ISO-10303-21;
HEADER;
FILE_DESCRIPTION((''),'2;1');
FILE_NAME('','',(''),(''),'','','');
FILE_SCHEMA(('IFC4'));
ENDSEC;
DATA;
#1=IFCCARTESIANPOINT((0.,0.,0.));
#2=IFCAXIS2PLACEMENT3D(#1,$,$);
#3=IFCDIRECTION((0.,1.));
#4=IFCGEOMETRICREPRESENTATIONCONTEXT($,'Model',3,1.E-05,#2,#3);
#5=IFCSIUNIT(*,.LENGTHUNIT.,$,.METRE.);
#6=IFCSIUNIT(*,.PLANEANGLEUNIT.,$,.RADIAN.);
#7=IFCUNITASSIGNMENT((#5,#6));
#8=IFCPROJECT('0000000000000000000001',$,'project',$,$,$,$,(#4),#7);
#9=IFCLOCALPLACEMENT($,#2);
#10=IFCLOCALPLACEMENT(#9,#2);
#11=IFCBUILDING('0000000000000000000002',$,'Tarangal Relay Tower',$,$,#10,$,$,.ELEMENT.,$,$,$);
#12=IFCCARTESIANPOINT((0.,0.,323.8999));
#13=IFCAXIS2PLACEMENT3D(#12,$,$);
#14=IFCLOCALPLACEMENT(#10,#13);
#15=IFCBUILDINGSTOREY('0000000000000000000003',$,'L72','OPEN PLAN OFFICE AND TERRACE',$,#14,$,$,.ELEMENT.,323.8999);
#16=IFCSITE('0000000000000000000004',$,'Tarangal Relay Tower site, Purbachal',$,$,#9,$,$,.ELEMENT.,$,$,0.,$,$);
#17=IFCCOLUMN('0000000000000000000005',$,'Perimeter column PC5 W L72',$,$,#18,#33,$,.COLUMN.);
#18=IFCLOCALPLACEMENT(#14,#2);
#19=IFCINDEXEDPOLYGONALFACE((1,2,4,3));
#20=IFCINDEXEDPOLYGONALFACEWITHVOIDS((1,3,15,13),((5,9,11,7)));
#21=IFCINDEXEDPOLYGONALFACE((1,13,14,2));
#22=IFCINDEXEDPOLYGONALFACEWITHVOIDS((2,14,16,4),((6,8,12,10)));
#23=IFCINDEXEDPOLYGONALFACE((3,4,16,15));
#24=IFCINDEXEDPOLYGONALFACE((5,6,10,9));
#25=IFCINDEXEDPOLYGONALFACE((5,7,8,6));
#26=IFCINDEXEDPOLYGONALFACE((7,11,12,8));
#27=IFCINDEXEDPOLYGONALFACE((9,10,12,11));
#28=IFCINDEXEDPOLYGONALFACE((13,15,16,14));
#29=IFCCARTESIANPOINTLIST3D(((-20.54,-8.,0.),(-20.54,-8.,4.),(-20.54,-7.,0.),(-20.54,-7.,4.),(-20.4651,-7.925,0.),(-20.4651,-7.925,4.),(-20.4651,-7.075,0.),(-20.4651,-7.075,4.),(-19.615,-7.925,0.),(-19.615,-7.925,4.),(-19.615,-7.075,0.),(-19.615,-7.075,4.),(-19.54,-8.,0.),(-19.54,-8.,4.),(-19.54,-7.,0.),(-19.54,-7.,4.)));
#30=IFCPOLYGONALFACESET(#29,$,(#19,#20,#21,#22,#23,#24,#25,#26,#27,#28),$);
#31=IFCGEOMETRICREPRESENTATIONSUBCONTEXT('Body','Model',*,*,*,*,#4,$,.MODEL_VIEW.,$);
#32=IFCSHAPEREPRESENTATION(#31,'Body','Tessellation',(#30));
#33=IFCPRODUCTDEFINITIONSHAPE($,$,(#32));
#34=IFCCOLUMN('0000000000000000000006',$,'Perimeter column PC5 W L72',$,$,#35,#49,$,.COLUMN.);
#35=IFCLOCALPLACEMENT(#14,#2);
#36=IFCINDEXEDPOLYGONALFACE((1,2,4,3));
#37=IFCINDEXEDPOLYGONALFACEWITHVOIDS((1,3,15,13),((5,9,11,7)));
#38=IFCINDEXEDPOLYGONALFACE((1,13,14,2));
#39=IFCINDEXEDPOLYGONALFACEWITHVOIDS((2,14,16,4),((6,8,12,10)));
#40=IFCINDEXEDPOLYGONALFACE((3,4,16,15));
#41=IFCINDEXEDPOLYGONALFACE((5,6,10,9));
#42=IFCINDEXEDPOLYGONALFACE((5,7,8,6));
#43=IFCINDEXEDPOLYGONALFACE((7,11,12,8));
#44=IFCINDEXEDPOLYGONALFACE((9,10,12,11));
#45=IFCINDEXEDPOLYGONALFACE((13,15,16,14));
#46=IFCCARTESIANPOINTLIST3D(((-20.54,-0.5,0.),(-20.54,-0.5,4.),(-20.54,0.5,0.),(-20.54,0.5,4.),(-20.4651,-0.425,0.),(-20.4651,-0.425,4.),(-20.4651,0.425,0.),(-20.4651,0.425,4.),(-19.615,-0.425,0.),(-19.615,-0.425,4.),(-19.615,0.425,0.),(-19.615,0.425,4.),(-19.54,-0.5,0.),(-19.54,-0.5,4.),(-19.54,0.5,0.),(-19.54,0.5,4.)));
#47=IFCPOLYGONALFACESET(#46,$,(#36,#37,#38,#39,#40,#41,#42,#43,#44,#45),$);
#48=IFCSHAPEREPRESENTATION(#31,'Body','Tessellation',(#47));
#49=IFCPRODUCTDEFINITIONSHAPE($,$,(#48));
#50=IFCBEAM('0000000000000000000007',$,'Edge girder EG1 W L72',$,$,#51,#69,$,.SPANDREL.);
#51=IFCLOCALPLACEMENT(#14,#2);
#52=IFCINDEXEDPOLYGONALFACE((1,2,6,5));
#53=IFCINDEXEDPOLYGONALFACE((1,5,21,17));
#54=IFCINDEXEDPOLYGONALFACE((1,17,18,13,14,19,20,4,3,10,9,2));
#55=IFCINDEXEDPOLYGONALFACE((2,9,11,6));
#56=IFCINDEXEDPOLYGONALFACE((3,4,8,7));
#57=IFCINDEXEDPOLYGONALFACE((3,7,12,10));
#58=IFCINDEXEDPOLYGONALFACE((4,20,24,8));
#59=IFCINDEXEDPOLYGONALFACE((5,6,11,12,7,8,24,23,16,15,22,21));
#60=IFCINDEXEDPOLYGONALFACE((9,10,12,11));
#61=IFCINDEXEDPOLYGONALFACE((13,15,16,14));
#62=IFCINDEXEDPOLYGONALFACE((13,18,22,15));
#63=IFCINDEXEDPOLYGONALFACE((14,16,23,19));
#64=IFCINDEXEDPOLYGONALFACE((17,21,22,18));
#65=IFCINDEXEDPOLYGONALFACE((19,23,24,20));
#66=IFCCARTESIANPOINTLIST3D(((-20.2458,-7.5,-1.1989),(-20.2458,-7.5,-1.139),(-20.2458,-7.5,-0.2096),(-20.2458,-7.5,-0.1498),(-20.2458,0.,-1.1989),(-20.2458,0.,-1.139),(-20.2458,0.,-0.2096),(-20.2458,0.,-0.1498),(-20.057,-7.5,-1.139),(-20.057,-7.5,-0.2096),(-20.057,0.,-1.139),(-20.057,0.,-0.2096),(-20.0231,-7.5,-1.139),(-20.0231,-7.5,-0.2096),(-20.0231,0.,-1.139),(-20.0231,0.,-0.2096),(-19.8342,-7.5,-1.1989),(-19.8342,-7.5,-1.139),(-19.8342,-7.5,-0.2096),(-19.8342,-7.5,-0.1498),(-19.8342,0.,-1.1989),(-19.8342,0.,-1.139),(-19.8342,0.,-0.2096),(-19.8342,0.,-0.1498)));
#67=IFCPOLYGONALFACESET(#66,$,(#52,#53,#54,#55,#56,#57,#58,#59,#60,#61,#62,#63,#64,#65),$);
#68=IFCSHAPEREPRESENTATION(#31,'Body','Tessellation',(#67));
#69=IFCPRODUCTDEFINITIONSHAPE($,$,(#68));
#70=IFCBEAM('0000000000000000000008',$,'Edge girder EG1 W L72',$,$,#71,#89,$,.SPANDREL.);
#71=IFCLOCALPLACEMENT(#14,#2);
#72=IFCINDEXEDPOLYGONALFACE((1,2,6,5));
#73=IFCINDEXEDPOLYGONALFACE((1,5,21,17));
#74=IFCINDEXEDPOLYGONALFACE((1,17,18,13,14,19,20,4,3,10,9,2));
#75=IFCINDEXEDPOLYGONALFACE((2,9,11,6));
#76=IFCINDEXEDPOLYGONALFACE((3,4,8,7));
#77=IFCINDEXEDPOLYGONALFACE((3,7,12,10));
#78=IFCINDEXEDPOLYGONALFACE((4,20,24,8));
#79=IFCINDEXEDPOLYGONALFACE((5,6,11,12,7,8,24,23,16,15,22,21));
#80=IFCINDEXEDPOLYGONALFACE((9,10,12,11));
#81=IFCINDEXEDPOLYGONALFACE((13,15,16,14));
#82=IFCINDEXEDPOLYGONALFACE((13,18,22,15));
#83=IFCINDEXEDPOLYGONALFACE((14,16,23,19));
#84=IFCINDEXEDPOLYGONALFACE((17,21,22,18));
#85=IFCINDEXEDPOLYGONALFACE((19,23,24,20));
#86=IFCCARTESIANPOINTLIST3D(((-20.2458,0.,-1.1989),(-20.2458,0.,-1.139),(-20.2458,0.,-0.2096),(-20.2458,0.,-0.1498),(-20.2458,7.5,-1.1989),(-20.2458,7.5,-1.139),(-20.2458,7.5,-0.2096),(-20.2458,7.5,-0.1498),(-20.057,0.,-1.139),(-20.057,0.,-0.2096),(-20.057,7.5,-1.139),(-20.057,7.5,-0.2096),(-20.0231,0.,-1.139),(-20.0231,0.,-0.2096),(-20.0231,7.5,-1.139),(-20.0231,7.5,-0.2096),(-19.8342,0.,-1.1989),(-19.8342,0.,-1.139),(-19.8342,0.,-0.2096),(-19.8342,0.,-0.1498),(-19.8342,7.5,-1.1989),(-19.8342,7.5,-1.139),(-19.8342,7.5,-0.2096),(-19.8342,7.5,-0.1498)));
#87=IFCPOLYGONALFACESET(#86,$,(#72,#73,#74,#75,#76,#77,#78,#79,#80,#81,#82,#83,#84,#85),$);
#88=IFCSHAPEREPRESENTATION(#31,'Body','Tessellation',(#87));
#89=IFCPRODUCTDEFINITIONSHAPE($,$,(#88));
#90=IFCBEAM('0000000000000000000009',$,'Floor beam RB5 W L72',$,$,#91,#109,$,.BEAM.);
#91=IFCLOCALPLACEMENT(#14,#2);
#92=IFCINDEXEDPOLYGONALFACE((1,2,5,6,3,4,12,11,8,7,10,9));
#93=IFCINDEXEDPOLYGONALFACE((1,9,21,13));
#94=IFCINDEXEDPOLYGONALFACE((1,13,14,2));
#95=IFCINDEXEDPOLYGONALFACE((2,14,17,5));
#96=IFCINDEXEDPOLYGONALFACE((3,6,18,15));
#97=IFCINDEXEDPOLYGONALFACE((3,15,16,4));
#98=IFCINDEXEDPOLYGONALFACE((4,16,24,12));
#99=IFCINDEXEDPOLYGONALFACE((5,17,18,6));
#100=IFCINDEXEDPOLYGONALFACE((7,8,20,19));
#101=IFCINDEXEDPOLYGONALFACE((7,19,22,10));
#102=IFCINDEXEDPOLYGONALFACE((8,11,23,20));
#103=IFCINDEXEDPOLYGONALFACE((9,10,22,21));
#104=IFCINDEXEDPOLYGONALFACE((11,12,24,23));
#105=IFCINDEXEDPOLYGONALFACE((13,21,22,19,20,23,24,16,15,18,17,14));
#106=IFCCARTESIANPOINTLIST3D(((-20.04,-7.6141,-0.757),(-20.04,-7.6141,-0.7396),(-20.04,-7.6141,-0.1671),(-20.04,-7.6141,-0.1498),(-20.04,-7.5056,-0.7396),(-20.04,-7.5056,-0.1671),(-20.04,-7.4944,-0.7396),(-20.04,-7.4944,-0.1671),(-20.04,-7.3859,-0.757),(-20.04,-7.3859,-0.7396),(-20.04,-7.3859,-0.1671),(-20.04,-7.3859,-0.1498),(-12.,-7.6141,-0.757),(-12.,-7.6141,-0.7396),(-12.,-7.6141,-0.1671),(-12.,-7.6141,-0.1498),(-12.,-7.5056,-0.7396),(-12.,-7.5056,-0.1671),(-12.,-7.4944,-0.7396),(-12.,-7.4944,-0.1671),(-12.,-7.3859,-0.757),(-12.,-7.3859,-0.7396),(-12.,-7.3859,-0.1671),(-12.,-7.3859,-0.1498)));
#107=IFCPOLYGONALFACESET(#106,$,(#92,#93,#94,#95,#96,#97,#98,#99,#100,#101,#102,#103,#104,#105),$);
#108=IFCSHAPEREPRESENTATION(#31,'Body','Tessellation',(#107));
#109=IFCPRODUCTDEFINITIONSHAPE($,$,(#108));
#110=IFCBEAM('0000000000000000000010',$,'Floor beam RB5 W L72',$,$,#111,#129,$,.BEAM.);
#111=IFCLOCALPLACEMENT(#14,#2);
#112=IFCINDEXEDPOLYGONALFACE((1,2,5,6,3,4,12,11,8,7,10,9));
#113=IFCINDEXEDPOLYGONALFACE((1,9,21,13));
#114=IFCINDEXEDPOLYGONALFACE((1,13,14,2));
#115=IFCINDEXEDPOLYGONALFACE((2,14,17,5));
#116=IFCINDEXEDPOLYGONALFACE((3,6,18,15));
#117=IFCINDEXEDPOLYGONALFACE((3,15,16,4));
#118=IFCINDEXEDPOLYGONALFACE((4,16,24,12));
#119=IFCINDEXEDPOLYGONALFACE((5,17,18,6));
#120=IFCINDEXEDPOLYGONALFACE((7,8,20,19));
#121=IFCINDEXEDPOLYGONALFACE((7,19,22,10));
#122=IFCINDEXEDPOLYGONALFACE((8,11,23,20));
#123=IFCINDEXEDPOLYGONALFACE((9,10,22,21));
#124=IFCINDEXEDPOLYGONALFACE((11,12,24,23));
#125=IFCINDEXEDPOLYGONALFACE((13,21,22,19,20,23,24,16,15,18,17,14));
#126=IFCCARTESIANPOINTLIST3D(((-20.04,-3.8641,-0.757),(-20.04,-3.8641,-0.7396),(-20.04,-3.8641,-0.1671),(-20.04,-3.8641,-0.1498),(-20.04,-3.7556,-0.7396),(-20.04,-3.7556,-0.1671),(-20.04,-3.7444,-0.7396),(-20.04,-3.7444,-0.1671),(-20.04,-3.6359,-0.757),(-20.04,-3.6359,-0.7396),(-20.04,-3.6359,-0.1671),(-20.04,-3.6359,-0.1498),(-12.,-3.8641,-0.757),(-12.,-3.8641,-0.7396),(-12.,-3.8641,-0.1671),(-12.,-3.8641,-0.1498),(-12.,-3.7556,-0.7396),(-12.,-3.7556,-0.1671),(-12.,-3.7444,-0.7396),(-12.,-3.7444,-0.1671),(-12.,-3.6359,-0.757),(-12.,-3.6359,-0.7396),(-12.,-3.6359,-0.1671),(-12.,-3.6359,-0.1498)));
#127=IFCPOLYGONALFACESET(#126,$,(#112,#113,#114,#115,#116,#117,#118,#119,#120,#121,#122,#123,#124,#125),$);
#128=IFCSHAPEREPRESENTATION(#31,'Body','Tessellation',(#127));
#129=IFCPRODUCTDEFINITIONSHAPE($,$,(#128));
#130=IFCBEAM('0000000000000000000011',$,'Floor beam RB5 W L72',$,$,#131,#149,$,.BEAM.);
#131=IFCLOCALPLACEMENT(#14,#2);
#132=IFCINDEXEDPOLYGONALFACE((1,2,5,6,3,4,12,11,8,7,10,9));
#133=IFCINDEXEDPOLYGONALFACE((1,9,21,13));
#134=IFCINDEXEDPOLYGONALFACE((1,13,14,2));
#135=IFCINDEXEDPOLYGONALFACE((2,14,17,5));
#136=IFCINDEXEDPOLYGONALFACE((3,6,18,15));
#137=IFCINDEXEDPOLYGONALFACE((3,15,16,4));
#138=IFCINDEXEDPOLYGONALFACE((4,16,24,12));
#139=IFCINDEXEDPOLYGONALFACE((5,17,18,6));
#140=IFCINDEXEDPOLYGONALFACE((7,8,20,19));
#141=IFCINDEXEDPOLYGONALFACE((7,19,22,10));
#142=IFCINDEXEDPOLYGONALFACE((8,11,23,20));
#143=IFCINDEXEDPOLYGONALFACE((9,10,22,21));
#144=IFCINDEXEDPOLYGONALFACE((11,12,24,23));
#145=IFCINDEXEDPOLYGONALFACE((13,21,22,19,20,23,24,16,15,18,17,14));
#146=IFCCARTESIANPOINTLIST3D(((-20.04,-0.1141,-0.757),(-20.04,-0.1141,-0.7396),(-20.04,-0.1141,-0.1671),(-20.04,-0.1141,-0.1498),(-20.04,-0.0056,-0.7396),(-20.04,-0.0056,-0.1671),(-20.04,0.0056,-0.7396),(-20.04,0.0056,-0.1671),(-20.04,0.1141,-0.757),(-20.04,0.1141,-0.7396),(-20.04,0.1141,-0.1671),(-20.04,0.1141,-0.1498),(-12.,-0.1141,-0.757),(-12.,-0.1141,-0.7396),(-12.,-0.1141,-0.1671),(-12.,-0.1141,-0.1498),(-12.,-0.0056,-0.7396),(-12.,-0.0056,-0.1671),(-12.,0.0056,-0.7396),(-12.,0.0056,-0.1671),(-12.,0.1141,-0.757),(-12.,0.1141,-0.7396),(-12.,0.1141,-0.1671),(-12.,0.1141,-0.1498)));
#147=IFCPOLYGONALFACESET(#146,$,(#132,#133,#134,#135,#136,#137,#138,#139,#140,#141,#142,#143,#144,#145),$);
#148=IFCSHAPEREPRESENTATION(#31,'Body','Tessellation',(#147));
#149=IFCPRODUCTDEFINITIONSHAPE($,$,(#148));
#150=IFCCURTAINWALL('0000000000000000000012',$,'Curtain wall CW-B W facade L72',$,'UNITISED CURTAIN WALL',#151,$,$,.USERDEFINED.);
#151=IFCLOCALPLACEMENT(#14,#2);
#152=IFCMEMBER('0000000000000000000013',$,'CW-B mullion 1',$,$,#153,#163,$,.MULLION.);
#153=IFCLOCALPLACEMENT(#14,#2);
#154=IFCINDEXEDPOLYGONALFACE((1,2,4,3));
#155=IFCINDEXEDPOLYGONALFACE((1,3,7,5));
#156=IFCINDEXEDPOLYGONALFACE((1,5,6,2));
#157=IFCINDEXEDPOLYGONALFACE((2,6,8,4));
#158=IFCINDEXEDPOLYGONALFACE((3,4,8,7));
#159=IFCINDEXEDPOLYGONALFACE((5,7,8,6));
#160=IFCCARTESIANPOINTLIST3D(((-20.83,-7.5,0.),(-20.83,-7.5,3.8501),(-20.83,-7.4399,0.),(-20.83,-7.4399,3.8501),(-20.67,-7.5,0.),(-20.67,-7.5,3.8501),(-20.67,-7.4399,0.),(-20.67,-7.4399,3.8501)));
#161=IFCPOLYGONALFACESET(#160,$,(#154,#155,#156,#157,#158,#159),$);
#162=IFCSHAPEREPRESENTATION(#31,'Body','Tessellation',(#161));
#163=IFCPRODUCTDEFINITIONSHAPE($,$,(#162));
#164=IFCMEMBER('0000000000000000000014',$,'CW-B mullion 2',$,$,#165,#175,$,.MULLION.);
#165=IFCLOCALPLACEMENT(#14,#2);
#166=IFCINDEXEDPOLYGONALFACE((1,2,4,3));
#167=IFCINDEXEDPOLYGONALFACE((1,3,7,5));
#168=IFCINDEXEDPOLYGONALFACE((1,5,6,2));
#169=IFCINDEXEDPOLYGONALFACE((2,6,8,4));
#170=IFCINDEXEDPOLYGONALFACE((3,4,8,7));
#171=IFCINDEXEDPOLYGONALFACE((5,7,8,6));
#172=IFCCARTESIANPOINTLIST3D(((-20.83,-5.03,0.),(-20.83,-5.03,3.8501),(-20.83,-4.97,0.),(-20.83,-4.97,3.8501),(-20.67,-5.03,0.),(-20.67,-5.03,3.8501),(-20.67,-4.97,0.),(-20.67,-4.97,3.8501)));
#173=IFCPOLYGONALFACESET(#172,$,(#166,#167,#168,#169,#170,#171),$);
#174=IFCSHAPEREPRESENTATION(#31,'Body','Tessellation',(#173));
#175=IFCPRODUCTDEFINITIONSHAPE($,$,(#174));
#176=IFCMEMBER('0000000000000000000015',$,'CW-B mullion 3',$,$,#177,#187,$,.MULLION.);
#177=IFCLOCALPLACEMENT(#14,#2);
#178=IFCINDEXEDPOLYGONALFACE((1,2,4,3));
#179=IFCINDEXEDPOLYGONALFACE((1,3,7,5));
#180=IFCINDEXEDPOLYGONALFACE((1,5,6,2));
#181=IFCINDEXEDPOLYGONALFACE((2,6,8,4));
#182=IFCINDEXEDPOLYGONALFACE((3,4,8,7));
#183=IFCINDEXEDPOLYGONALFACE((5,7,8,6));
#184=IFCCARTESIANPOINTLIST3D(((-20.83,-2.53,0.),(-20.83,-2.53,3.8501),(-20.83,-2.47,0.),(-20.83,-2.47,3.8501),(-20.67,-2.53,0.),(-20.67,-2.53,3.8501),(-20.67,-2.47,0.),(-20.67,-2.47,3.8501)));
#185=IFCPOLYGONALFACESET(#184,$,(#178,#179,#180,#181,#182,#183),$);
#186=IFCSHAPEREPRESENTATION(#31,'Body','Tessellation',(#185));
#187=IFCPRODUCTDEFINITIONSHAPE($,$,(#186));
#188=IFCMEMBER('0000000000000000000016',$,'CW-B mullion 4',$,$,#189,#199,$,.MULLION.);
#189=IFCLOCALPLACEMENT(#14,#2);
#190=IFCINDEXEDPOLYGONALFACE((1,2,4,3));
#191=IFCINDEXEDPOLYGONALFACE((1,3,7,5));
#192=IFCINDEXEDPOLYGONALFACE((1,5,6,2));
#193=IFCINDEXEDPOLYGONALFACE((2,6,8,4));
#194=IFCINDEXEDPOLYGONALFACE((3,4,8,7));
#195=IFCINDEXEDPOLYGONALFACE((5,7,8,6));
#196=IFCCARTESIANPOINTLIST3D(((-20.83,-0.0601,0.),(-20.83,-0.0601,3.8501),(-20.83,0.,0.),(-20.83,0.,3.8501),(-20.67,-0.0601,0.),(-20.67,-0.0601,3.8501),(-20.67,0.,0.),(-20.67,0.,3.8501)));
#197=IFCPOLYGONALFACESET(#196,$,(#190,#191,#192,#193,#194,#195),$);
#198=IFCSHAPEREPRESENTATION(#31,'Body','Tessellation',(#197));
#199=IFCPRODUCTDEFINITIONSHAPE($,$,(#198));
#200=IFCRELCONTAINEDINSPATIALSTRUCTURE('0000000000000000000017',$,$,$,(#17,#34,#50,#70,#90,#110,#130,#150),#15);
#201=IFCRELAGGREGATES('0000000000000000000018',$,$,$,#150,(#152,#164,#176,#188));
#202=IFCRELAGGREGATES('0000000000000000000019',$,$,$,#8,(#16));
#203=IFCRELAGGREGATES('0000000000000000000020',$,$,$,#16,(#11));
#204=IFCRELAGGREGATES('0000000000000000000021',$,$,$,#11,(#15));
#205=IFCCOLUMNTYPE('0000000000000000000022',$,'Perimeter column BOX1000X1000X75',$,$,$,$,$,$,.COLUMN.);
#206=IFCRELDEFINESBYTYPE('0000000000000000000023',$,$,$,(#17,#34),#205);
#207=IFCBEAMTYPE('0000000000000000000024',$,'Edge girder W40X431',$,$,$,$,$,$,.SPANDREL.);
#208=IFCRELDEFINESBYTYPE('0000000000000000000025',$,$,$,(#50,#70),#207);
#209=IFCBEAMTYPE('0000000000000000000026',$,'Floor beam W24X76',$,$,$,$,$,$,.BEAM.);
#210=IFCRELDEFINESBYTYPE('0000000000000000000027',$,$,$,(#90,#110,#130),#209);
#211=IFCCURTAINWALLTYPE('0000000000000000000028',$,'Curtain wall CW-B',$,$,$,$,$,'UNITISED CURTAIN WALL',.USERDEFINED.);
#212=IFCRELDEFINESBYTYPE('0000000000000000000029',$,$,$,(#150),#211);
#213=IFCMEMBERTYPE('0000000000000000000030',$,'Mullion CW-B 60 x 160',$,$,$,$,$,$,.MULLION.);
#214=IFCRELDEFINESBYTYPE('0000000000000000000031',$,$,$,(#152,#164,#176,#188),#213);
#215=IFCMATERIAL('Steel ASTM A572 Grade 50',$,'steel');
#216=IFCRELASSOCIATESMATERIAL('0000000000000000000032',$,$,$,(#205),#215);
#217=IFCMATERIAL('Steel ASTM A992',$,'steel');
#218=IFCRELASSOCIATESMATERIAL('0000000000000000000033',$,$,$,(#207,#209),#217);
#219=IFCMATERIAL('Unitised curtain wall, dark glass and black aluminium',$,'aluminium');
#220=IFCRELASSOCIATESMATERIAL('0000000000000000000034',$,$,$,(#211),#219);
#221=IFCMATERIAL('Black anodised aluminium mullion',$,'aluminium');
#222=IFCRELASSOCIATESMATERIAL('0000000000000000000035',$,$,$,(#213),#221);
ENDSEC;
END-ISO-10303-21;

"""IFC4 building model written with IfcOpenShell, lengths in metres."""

from ifc_helpers import new_model, si_unit, direction, frame, origin, origin_2d, place, context, subcontext, project, spatial, rectangle, hollow_rectangle, i_section, extrude, material, material_profile, profile_set, type_object, element, aggregate, save


model = new_model("IFC4")

# Units and contexts
model_context = context("Model", 3, precision=1e-05, world=origin(), true_north=direction((0.0, 1.0)))
body_context = subcontext(model_context, "Body", "Model", "MODEL_VIEW")
ifc_project = project(units=[si_unit("LENGTHUNIT", "METRE"), si_unit("PLANEANGLEUNIT", "RADIAN")], contexts=[model_context])

# Site, building, storey
site_placement = place(None, origin())
site = spatial("IfcSite", under=ifc_project, at=site_placement, Name="Tarangal Relay Tower site, Purbachal", CompositionType="ELEMENT", RefElevation=0.0)
building_placement = place(site_placement, origin())
building = spatial("IfcBuilding", under=site, at=building_placement, Name="Tarangal Relay Tower", CompositionType="ELEMENT")
storey_placement = place(building_placement, frame((0.0, 0.0, 323.8999)))
storey = spatial("IfcBuildingStorey", under=building, at=storey_placement, Name="L72", Description="OPEN PLAN OFFICE AND TERRACE", CompositionType="ELEMENT", Elevation=323.8999)

# Columns
ifc_material_1 = material(Name="Steel ASTM A572 Grade 50", Category="steel")
ifc_material_profile_1 = material_profile(ifc_material_1, hollow_rectangle(XDim=1.0, YDim=1.0, WallThickness=0.075, at=origin_2d()), Name="BOX1000X1000X75")
ifc_profile_set_1 = profile_set([ifc_material_profile_1], Name="Steel ASTM A572 Grade 50")
column_type = type_object("IfcColumnType", Name="Perimeter column BOX1000X1000X75", PredefinedType="COLUMN", material=ifc_profile_set_1)
for number, where, z_axis, x_axis, name in (
    (1, (-20.04, -7.5, 0.0), (0.0, 0.0, 1.0), (1.0, 0.0, 0.0), "Perimeter column PC5 W L72"),
    (2, (-20.04, 0.0, 0.0), (0.0, 0.0, 1.0), (1.0, 0.0, 0.0), "Perimeter column PC5 W L72"),
):
    element("IfcColumn", number, at=place(storey_placement, frame(where, z_axis=z_axis, x_axis=x_axis)), inside=storey, type_object=column_type, Name=name, PredefinedType="COLUMN", context=body_context, shape_type="SweptSolid", body=[
        extrude(hollow_rectangle(XDim=1.0, YDim=1.0, WallThickness=0.075, at=origin_2d()), origin(), (0.0, 0.0, 1.0), 4.0),
    ])

# Beams
ifc_material_2 = material(Name="Steel ASTM A992", Category="steel")
ifc_material_profile_2 = material_profile(ifc_material_2, i_section(OverallWidth=0.4116, OverallDepth=1.0491, WebThickness=0.0339, FlangeThickness=0.0598, at=origin_2d()), Name="W40X431")
ifc_profile_set_2 = profile_set([ifc_material_profile_2], Name="Steel ASTM A992")
beam_type_1 = type_object("IfcBeamType", Name="Edge girder W40X431", PredefinedType="SPANDREL", material=ifc_profile_set_2)
for number, where, z_axis, x_axis, name in (
    (3, (-20.04, -7.5, -0.6743), (0.0, 1.0, 0.0), (-1.0, 0.0, 0.0), "Edge girder EG1 W L72"),
    (4, (-20.04, 0.0, -0.6743), (0.0, 1.0, 0.0), (-1.0, 0.0, 0.0), "Edge girder EG1 W L72"),
):
    element("IfcBeam", number, at=place(storey_placement, frame(where, z_axis=z_axis, x_axis=x_axis)), inside=storey, type_object=beam_type_1, Name=name, PredefinedType="SPANDREL", context=body_context, shape_type="SweptSolid", body=[
        extrude(i_section(OverallWidth=0.4116, OverallDepth=1.0491, WebThickness=0.0339, FlangeThickness=0.0598, at=origin_2d()), origin(), (0.0, 0.0, 1.0), 7.5),
    ])
ifc_material_profile_3 = material_profile(ifc_material_2, i_section(OverallWidth=0.2283, OverallDepth=0.6072, WebThickness=0.0112, FlangeThickness=0.0173, at=origin_2d()), Name="W24X76")
ifc_profile_set_3 = profile_set([ifc_material_profile_3], Name="Steel ASTM A992")
beam_type_2 = type_object("IfcBeamType", Name="Floor beam W24X76", PredefinedType="BEAM", material=ifc_profile_set_3)
for number, where, z_axis, x_axis, name in (
    (5, (-12.0, -7.5, -0.4534), (-1.0, 0.0, 0.0), (0.0, -1.0, 0.0), "Floor beam RB5 W L72"),
    (6, (-12.0, -3.75, -0.4534), (-1.0, 0.0, 0.0), (0.0, -1.0, 0.0), "Floor beam RB5 W L72"),
    (7, (-12.0, 0.0, -0.4534), (-1.0, 0.0, 0.0), (0.0, -1.0, 0.0), "Floor beam RB5 W L72"),
):
    element("IfcBeam", number, at=place(storey_placement, frame(where, z_axis=z_axis, x_axis=x_axis)), inside=storey, type_object=beam_type_2, Name=name, PredefinedType="BEAM", context=body_context, shape_type="SweptSolid", body=[
        extrude(i_section(OverallWidth=0.2283, OverallDepth=0.6072, WebThickness=0.0112, FlangeThickness=0.0173, at=origin_2d()), origin(), (0.0, 0.0, 1.0), 8.04),
    ])

# Curtain wall, members
ifc_material_3 = material(Name="Unitised curtain wall, dark glass and black aluminium", Category="aluminium")
curtain_wall_type_1 = type_object("IfcCurtainWallType", Name="Curtain wall CW-B", ElementType="UNITISED CURTAIN WALL", PredefinedType="USERDEFINED", material=ifc_material_3)
curtain_wall_1_placement = place(storey_placement, origin())
curtain_wall_1 = element("IfcCurtainWall", 8, at=curtain_wall_1_placement, inside=storey, type_object=curtain_wall_type_1, Name="Curtain wall CW-B W facade L72", ObjectType="UNITISED CURTAIN WALL", PredefinedType="USERDEFINED")
ifc_material_4 = material(Name="Black anodised aluminium mullion", Category="aluminium")
ifc_material_profile_4 = material_profile(ifc_material_4, rectangle(XDim=0.1599, YDim=0.0601, at=origin_2d()), Name="CW-BM 60X160")
ifc_profile_set_4 = profile_set([ifc_material_profile_4], Name="Black anodised aluminium mullion")
member_type_1 = type_object("IfcMemberType", Name="Mullion CW-B 60 x 160", PredefinedType="MULLION", material=ifc_profile_set_4)
member_1_placement = place(storey_placement, frame((-20.75, -7.47, 0.0), z_axis=(0.0, 0.0, 1.0), x_axis=(-1.0, 0.0, 0.0)))
member_1 = element("IfcMember", 9, at=member_1_placement, type_object=member_type_1, Name="CW-B mullion 1", PredefinedType="MULLION", context=body_context, shape_type="SweptSolid", body=[
    extrude(rectangle(XDim=0.1599, YDim=0.0601, at=origin_2d()), origin(), (0.0, 0.0, 1.0), 3.8501),
])
member_2_placement = place(storey_placement, frame((-20.75, -5.0, 0.0), z_axis=(0.0, 0.0, 1.0), x_axis=(-1.0, 0.0, 0.0)))
member_2 = element("IfcMember", 10, at=member_2_placement, type_object=member_type_1, Name="CW-B mullion 2", PredefinedType="MULLION", context=body_context, shape_type="SweptSolid", body=[
    extrude(rectangle(XDim=0.1599, YDim=0.0601, at=origin_2d()), origin(), (0.0, 0.0, 1.0), 3.8501),
])
member_3_placement = place(storey_placement, frame((-20.75, -2.5, 0.0), z_axis=(0.0, 0.0, 1.0), x_axis=(-1.0, 0.0, 0.0)))
member_3 = element("IfcMember", 11, at=member_3_placement, type_object=member_type_1, Name="CW-B mullion 3", PredefinedType="MULLION", context=body_context, shape_type="SweptSolid", body=[
    extrude(rectangle(XDim=0.1599, YDim=0.0601, at=origin_2d()), origin(), (0.0, 0.0, 1.0), 3.8501),
])
member_4_placement = place(storey_placement, frame((-20.75, -0.03, 0.0), z_axis=(0.0, 0.0, 1.0), x_axis=(-1.0, 0.0, 0.0)))
member_4 = element("IfcMember", 12, at=member_4_placement, type_object=member_type_1, Name="CW-B mullion 4", PredefinedType="MULLION", context=body_context, shape_type="SweptSolid", body=[
    extrude(rectangle(XDim=0.1599, YDim=0.0601, at=origin_2d()), origin(), (0.0, 0.0, 1.0), 3.8501),
])

aggregate(curtain_wall_1, [member_1, member_2, member_3, member_4])

save(model, "model.ifc")
